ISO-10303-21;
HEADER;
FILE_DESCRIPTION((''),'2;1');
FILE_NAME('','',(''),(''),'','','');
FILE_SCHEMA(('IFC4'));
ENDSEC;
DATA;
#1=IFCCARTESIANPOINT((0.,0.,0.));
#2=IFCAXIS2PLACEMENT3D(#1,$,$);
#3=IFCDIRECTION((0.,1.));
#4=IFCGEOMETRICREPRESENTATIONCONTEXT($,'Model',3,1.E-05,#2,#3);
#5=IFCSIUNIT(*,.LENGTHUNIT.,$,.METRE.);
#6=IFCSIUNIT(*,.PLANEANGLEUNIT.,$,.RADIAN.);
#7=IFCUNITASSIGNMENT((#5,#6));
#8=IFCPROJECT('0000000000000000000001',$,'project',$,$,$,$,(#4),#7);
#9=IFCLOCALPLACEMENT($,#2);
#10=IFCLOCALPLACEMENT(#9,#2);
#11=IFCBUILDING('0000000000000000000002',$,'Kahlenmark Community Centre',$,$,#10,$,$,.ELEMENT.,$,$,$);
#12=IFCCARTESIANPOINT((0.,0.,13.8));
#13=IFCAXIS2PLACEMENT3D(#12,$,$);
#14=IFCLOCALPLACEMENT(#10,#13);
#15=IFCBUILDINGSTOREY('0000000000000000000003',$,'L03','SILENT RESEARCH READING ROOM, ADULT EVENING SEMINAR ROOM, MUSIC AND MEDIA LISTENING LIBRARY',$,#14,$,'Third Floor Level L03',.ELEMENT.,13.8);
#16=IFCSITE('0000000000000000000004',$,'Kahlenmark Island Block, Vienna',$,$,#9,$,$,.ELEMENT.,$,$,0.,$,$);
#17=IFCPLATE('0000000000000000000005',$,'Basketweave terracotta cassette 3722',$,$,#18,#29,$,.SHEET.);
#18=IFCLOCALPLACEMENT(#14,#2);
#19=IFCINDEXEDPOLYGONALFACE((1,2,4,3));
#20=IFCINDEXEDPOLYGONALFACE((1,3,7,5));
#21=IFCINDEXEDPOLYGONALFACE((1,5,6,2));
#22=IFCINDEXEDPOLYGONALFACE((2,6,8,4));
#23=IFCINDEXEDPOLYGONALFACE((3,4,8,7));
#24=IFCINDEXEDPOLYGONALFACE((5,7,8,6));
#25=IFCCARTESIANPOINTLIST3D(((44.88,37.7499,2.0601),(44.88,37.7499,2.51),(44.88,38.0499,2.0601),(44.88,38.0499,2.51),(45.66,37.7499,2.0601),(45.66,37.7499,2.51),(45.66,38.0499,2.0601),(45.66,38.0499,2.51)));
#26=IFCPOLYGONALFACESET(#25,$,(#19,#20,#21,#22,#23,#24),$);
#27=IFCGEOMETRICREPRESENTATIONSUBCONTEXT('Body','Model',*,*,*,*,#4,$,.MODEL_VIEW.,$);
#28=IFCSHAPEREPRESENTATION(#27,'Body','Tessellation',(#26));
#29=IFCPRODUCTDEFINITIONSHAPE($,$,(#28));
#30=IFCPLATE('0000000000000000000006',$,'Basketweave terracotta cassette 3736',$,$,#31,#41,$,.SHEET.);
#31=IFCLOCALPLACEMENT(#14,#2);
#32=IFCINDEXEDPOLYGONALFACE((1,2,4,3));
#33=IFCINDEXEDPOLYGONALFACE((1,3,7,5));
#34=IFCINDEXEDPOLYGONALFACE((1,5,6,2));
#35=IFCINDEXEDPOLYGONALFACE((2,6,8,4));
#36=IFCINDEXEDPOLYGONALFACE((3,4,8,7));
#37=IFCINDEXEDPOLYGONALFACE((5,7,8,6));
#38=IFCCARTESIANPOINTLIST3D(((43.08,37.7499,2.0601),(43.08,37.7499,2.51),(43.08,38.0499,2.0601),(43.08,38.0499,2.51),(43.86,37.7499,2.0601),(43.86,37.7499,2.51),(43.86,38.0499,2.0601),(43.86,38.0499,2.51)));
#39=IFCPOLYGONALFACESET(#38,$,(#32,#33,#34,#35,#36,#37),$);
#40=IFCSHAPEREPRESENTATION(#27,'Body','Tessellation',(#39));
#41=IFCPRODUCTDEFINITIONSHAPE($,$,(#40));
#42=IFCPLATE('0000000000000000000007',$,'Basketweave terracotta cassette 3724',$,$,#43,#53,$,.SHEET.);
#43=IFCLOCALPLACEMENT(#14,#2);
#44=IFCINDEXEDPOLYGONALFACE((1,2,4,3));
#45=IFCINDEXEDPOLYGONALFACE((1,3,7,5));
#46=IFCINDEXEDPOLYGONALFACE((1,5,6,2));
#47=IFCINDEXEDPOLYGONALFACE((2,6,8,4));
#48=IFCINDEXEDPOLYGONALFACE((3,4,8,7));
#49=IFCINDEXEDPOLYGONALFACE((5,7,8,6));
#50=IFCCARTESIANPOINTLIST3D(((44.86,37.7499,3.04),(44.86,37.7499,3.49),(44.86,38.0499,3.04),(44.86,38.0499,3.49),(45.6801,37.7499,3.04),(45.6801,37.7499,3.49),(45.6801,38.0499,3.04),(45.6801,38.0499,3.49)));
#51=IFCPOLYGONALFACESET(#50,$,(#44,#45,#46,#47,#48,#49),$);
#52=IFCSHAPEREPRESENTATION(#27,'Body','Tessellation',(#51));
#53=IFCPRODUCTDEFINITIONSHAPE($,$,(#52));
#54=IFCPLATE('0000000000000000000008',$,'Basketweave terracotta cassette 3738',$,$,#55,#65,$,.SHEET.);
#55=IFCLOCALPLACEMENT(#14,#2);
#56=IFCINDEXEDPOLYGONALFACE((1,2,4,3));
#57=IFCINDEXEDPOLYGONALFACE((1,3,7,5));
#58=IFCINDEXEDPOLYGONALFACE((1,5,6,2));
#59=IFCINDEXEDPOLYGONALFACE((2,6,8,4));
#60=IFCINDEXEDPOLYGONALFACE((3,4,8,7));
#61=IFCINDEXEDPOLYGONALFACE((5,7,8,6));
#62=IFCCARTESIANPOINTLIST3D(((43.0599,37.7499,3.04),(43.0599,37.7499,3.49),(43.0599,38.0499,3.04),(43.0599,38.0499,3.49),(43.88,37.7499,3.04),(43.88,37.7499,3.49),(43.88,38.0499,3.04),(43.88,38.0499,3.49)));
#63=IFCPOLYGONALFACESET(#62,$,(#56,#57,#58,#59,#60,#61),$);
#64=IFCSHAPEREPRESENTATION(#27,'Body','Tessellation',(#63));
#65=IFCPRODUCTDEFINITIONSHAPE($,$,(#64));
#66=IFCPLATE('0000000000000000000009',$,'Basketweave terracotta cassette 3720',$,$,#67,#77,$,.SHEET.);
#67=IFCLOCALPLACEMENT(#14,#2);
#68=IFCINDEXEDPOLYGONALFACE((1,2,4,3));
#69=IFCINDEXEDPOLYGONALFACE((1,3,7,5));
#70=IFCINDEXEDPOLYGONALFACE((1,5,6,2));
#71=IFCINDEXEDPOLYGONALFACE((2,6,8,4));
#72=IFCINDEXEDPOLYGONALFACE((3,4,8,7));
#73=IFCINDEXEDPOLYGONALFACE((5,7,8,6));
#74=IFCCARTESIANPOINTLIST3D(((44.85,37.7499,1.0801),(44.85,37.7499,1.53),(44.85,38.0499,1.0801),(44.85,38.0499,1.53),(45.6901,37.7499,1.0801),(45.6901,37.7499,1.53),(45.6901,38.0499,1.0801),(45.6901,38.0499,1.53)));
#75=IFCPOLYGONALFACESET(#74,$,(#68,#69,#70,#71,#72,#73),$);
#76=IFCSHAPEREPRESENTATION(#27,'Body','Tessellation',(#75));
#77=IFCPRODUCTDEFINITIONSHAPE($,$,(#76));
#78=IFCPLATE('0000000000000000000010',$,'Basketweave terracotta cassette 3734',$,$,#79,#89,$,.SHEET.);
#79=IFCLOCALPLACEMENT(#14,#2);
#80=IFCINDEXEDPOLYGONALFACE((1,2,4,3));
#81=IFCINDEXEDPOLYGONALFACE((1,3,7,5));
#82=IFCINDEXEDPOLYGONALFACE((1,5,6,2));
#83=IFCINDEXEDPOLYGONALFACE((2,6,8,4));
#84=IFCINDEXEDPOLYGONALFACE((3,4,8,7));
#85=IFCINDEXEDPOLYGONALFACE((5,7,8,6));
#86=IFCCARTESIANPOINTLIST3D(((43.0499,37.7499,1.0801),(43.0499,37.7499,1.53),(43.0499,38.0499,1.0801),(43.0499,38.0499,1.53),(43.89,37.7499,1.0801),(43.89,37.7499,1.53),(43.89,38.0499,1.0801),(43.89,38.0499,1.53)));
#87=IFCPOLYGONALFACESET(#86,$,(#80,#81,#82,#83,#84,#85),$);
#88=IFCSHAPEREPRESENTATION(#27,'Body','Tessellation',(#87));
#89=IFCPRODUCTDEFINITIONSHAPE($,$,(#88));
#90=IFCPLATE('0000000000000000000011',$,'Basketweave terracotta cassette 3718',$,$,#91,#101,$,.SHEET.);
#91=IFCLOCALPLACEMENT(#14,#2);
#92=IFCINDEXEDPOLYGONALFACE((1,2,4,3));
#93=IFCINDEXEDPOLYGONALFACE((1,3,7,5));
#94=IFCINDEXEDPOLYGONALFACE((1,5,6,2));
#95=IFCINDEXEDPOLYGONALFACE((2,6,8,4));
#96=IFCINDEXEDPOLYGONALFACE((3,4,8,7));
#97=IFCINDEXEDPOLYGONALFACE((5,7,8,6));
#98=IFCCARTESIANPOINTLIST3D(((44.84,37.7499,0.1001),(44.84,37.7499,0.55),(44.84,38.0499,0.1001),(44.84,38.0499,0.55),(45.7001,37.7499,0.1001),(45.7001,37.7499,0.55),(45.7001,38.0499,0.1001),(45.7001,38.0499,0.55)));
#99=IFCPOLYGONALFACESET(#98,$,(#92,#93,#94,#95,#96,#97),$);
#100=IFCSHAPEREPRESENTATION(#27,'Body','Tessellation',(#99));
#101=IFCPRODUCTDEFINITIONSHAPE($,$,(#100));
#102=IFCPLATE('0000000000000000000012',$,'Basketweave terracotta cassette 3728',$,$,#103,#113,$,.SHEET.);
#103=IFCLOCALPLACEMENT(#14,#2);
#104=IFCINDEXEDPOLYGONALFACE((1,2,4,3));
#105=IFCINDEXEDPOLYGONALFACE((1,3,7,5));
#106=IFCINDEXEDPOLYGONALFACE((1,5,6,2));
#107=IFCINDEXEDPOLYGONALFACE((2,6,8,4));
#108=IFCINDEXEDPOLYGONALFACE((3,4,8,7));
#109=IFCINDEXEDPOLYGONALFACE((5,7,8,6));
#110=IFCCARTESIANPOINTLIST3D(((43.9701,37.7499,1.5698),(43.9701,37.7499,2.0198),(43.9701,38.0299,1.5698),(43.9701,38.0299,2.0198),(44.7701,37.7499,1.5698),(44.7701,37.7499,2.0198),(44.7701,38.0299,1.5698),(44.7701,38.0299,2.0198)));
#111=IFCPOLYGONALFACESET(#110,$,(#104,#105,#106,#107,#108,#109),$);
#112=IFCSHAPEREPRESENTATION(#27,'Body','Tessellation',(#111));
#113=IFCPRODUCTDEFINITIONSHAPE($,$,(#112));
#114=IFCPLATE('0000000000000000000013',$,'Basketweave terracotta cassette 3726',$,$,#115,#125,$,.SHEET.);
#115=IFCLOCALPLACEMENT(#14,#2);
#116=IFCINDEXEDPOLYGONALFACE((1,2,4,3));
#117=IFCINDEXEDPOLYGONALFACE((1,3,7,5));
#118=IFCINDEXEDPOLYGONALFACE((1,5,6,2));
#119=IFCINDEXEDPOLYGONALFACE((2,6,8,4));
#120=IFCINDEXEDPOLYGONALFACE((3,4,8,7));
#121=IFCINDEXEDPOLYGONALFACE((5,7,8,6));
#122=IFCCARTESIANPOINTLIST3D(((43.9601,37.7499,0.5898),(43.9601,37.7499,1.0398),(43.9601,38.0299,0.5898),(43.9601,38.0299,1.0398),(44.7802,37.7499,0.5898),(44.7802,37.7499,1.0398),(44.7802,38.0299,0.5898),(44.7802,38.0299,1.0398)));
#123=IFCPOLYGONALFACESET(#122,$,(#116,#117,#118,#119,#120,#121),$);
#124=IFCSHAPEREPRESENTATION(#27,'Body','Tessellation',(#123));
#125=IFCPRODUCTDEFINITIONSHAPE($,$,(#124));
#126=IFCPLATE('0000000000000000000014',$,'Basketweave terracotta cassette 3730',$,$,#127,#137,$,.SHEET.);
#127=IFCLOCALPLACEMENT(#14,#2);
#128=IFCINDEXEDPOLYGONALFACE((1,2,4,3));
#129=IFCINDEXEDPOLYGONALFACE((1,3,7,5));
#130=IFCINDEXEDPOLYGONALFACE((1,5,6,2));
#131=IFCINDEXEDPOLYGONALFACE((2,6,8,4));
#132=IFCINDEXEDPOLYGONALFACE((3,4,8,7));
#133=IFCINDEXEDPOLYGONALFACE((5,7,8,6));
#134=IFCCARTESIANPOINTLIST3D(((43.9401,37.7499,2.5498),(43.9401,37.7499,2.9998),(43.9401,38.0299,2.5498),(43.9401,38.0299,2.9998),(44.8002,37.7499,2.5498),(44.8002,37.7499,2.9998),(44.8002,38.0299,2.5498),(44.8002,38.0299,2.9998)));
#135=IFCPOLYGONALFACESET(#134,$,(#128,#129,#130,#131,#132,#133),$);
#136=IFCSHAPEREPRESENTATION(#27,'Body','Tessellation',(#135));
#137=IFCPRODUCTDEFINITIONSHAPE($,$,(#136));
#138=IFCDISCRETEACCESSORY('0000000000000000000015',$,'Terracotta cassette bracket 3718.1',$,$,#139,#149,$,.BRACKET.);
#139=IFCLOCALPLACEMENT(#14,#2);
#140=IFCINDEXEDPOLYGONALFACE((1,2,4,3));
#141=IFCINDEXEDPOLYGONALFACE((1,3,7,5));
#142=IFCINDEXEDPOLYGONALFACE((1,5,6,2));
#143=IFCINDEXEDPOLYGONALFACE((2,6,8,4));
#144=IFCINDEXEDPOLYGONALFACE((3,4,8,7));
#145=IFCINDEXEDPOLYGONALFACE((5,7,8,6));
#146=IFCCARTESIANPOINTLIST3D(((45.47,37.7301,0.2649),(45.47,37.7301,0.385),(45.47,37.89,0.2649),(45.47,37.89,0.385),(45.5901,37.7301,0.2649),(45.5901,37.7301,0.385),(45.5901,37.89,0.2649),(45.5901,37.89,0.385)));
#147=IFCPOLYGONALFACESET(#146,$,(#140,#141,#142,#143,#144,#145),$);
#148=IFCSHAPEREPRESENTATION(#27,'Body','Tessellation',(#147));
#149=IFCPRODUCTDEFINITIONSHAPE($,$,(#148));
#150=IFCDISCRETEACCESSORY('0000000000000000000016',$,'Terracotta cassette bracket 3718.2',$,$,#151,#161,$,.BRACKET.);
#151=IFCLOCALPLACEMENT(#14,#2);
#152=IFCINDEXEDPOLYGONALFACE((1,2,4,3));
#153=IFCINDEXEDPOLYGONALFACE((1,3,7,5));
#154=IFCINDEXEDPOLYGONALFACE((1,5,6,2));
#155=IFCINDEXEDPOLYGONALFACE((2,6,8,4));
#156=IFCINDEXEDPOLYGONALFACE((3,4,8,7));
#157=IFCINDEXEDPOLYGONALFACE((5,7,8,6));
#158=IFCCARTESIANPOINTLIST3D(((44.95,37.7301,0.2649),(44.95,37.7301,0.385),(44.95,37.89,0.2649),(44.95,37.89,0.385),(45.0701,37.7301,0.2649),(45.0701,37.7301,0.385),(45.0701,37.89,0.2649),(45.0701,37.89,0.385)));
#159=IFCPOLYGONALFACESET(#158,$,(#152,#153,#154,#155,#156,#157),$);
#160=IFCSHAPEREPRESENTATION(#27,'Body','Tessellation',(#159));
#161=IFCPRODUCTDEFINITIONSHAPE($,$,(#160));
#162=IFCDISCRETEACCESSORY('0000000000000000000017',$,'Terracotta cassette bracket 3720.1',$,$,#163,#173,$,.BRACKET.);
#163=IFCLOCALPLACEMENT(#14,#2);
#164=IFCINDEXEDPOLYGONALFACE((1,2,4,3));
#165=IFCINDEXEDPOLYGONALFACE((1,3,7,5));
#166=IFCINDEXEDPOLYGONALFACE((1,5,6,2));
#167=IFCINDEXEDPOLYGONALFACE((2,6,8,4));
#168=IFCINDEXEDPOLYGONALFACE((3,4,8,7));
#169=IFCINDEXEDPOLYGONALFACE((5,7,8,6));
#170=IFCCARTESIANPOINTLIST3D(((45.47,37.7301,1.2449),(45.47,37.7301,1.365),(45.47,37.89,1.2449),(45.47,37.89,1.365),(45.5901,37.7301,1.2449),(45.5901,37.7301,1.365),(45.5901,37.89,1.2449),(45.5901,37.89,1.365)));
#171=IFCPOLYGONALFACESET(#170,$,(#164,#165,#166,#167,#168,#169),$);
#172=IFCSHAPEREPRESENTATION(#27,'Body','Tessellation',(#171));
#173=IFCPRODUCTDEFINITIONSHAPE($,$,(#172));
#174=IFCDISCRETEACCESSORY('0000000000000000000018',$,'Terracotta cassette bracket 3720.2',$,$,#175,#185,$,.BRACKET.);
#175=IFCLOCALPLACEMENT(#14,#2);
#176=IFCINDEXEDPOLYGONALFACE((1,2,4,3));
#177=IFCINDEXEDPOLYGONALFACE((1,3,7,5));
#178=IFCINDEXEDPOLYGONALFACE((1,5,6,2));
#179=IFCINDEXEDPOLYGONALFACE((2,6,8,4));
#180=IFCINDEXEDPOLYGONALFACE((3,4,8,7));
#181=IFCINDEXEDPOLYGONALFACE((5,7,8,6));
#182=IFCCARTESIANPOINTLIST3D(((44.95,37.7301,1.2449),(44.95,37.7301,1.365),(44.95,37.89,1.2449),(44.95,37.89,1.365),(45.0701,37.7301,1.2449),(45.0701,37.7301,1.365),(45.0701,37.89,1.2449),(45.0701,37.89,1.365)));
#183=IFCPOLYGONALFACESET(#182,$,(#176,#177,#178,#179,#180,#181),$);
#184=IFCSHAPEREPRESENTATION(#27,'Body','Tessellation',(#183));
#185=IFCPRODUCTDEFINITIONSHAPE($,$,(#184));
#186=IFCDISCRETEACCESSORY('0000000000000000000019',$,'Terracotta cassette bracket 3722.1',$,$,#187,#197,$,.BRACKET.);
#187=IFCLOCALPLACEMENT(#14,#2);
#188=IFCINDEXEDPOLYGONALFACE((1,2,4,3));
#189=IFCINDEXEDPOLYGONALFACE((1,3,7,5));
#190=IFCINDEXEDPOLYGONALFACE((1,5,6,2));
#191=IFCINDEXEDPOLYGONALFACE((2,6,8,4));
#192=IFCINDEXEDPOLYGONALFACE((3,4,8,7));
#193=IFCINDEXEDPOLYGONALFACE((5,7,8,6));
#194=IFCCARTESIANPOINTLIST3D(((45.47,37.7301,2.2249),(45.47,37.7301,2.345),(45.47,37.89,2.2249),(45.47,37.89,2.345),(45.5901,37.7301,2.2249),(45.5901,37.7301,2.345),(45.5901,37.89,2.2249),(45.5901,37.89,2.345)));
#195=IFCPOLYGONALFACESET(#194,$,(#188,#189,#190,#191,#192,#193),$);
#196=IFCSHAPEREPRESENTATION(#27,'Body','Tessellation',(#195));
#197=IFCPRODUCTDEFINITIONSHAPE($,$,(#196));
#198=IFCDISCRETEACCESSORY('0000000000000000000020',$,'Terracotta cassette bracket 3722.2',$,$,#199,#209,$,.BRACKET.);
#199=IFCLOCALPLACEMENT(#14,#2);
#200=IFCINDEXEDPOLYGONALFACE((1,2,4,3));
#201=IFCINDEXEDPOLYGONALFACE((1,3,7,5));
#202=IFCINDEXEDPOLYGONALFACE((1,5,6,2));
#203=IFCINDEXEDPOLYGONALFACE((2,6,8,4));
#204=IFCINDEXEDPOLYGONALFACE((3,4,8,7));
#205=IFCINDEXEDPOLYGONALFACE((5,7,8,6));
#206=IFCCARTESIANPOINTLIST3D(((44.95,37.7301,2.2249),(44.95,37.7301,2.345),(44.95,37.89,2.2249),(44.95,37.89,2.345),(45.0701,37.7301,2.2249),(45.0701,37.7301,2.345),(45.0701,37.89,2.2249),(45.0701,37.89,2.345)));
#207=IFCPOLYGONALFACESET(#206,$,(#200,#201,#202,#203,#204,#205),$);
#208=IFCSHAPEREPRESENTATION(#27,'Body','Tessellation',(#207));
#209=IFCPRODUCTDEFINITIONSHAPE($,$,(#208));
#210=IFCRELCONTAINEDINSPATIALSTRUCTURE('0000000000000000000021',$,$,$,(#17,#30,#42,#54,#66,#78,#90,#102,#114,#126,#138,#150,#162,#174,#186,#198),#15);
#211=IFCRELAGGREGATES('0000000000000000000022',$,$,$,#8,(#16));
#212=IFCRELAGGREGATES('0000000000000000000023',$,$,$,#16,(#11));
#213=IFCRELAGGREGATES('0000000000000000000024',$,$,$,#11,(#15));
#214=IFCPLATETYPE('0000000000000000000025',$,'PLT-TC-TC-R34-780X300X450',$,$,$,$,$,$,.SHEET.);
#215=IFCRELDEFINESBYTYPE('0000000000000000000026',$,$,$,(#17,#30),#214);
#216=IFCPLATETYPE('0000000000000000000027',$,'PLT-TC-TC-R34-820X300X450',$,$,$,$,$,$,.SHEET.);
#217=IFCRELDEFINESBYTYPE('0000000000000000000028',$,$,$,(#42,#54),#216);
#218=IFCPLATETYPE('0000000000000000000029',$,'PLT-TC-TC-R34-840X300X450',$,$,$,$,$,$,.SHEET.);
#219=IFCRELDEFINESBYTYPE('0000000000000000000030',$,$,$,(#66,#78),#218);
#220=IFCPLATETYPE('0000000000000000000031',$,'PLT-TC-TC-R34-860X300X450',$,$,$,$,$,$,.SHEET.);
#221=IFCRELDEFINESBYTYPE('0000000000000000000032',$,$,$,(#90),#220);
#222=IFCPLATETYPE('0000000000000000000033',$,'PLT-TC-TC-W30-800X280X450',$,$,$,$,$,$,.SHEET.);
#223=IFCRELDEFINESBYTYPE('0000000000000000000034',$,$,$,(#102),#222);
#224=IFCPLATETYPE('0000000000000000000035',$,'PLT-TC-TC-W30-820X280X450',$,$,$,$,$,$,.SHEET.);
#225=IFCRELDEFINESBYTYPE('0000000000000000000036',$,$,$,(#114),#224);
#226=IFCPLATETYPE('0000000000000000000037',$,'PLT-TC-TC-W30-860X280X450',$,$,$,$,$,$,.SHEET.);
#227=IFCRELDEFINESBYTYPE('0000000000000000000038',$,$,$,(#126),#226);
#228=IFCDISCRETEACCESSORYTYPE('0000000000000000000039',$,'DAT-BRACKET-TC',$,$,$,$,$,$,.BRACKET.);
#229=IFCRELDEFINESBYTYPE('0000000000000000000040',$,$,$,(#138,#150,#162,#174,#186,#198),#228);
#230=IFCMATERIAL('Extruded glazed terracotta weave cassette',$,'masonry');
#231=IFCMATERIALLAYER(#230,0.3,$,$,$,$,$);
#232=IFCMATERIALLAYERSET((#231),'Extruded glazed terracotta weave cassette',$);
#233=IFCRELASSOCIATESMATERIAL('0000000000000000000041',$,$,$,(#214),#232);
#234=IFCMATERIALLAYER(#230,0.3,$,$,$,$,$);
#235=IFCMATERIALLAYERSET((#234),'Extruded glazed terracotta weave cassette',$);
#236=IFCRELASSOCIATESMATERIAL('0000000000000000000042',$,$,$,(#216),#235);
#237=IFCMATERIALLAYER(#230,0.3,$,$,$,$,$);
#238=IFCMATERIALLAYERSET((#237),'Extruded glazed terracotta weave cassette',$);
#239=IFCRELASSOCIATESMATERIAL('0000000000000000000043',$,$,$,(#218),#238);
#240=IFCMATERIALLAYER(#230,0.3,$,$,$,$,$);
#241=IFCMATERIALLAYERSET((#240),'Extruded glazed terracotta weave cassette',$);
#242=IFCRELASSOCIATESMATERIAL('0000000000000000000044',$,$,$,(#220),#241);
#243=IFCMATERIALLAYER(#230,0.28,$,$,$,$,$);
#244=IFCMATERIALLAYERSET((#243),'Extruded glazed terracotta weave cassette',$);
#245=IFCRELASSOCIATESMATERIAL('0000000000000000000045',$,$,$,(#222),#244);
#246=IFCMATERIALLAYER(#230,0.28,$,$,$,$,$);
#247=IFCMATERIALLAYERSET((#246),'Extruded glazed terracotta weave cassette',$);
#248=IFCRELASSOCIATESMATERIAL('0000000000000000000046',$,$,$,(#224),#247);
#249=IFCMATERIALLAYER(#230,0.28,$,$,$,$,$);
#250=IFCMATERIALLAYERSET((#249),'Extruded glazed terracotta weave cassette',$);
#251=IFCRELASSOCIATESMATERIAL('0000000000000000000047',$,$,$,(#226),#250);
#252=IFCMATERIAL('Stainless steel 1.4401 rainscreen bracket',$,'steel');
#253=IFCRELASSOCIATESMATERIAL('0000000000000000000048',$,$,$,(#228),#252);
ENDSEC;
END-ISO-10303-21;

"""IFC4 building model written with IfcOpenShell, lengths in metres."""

from ifc_helpers import new_model, si_unit, direction, frame, origin, origin_2d, place, context, subcontext, project, spatial, rectangle, extrude, material, layer, layer_set, type_object, element, save


model = new_model("IFC4")

# Units and contexts
model_context = context("Model", 3, precision=1e-05, world=origin(), true_north=direction((0.0, 1.0)))
body_context = subcontext(model_context, "Body", "Model", "MODEL_VIEW")
ifc_project = project(units=[si_unit("LENGTHUNIT", "METRE"), si_unit("PLANEANGLEUNIT", "RADIAN")], contexts=[model_context])

# Site, building, storey
site_placement = place(None, origin())
site = spatial("IfcSite", under=ifc_project, at=site_placement, Name="Kahlenmark Island Block, Vienna", CompositionType="ELEMENT", RefElevation=0.0)
building_placement = place(site_placement, origin())
building = spatial("IfcBuilding", under=site, at=building_placement, Name="Kahlenmark Community Centre", CompositionType="ELEMENT")
storey_placement = place(building_placement, frame((0.0, 0.0, 13.8)))
storey = spatial("IfcBuildingStorey", under=building, at=storey_placement, Name="L03", Description="SILENT RESEARCH READING ROOM, ADULT EVENING SEMINAR ROOM, MUSIC AND MEDIA LISTENING LIBRARY", LongName="Third Floor Level L03", CompositionType="ELEMENT", Elevation=13.8)

# Plates
ifc_material_1 = material(Name="Extruded glazed terracotta weave cassette", Category="masonry")
ifc_layer_1 = layer(ifc_material_1, 0.3)
ifc_layer_set_1 = layer_set([ifc_layer_1], Name="Extruded glazed terracotta weave cassette")
plate_type_1 = type_object("IfcPlateType", Name="PLT-TC-TC-R34-780X300X450", PredefinedType="SHEET", material=ifc_layer_set_1)
for number, where, z_axis, x_axis, name in (
    (1, (45.27, 37.8999, 2.0601), (0.0, 0.0, 1.0), (-1.0, 0.0, 0.0), "Basketweave terracotta cassette 3722"),
    (2, (43.47, 37.8999, 2.0601), (0.0, 0.0, 1.0), (-1.0, 0.0, 0.0), "Basketweave terracotta cassette 3736"),
):
    element("IfcPlate", number, at=place(storey_placement, frame(where, z_axis=z_axis, x_axis=x_axis)), inside=storey, type_object=plate_type_1, Name=name, PredefinedType="SHEET", context=body_context, shape_type="SweptSolid", body=[
        extrude(rectangle(XDim=0.78, YDim=0.3, at=origin_2d()), origin(), (0.0, 0.0, 1.0), 0.45),
    ])
ifc_layer_2 = layer(ifc_material_1, 0.3)
ifc_layer_set_2 = layer_set([ifc_layer_2], Name="Extruded glazed terracotta weave cassette")
plate_type_2 = type_object("IfcPlateType", Name="PLT-TC-TC-R34-820X300X450", PredefinedType="SHEET", material=ifc_layer_set_2)
for number, where, z_axis, x_axis, name in (
    (3, (45.27, 37.8999, 3.04), (0.0, 0.0, 1.0), (-1.0, 0.0, 0.0), "Basketweave terracotta cassette 3724"),
    (4, (43.47, 37.8999, 3.04), (0.0, 0.0, 1.0), (-1.0, 0.0, 0.0), "Basketweave terracotta cassette 3738"),
):
    element("IfcPlate", number, at=place(storey_placement, frame(where, z_axis=z_axis, x_axis=x_axis)), inside=storey, type_object=plate_type_2, Name=name, PredefinedType="SHEET", context=body_context, shape_type="SweptSolid", body=[
        extrude(rectangle(XDim=0.8201, YDim=0.3, at=origin_2d()), origin(), (0.0, 0.0, 1.0), 0.45),
    ])
ifc_layer_3 = layer(ifc_material_1, 0.3)
ifc_layer_set_3 = layer_set([ifc_layer_3], Name="Extruded glazed terracotta weave cassette")
plate_type_3 = type_object("IfcPlateType", Name="PLT-TC-TC-R34-840X300X450", PredefinedType="SHEET", material=ifc_layer_set_3)
for number, where, z_axis, x_axis, name in (
    (5, (45.27, 37.8999, 1.0801), (0.0, 0.0, 1.0), (-1.0, 0.0, 0.0), "Basketweave terracotta cassette 3720"),
    (6, (43.47, 37.8999, 1.0801), (0.0, 0.0, 1.0), (-1.0, 0.0, 0.0), "Basketweave terracotta cassette 3734"),
):
    element("IfcPlate", number, at=place(storey_placement, frame(where, z_axis=z_axis, x_axis=x_axis)), inside=storey, type_object=plate_type_3, Name=name, PredefinedType="SHEET", context=body_context, shape_type="SweptSolid", body=[
        extrude(rectangle(XDim=0.8401, YDim=0.3, at=origin_2d()), origin(), (0.0, 0.0, 1.0), 0.45),
    ])
ifc_layer_4 = layer(ifc_material_1, 0.3)
ifc_layer_set_4 = layer_set([ifc_layer_4], Name="Extruded glazed terracotta weave cassette")
plate_type_4 = type_object("IfcPlateType", Name="PLT-TC-TC-R34-860X300X450", PredefinedType="SHEET", material=ifc_layer_set_4)
plate_1_placement = place(storey_placement, frame((45.27, 37.8999, 0.1001), z_axis=(0.0, 0.0, 1.0), x_axis=(-1.0, 0.0, 0.0)))
element("IfcPlate", 7, at=plate_1_placement, inside=storey, type_object=plate_type_4, Name="Basketweave terracotta cassette 3718", PredefinedType="SHEET", context=body_context, shape_type="SweptSolid", body=[
    extrude(rectangle(XDim=0.8601, YDim=0.3, at=origin_2d()), origin(), (0.0, 0.0, 1.0), 0.45),
])
ifc_layer_5 = layer(ifc_material_1, 0.28)
ifc_layer_set_5 = layer_set([ifc_layer_5], Name="Extruded glazed terracotta weave cassette")
plate_type_5 = type_object("IfcPlateType", Name="PLT-TC-TC-W30-800X280X450", PredefinedType="SHEET", material=ifc_layer_set_5)
plate_2_placement = place(storey_placement, frame((44.3701, 37.8899, 1.5698), z_axis=(0.0, 0.0, 1.0), x_axis=(-1.0, 0.0, 0.0)))
element("IfcPlate", 8, at=plate_2_placement, inside=storey, type_object=plate_type_5, Name="Basketweave terracotta cassette 3728", PredefinedType="SHEET", context=body_context, shape_type="SweptSolid", body=[
    extrude(rectangle(XDim=0.8, YDim=0.28, at=origin_2d()), origin(), (0.0, 0.0, 1.0), 0.45),
])
ifc_layer_6 = layer(ifc_material_1, 0.28)
ifc_layer_set_6 = layer_set([ifc_layer_6], Name="Extruded glazed terracotta weave cassette")
plate_type_6 = type_object("IfcPlateType", Name="PLT-TC-TC-W30-820X280X450", PredefinedType="SHEET", material=ifc_layer_set_6)
plate_3_placement = place(storey_placement, frame((44.3701, 37.8899, 0.5898), z_axis=(0.0, 0.0, 1.0), x_axis=(-1.0, 0.0, 0.0)))
element("IfcPlate", 9, at=plate_3_placement, inside=storey, type_object=plate_type_6, Name="Basketweave terracotta cassette 3726", PredefinedType="SHEET", context=body_context, shape_type="SweptSolid", body=[
    extrude(rectangle(XDim=0.8201, YDim=0.28, at=origin_2d()), origin(), (0.0, 0.0, 1.0), 0.45),
])
ifc_layer_7 = layer(ifc_material_1, 0.28)
ifc_layer_set_7 = layer_set([ifc_layer_7], Name="Extruded glazed terracotta weave cassette")
plate_type_7 = type_object("IfcPlateType", Name="PLT-TC-TC-W30-860X280X450", PredefinedType="SHEET", material=ifc_layer_set_7)
plate_4_placement = place(storey_placement, frame((44.3701, 37.8899, 2.5498), z_axis=(0.0, 0.0, 1.0), x_axis=(-1.0, 0.0, 0.0)))
element("IfcPlate", 10, at=plate_4_placement, inside=storey, type_object=plate_type_7, Name="Basketweave terracotta cassette 3730", PredefinedType="SHEET", context=body_context, shape_type="SweptSolid", body=[
    extrude(rectangle(XDim=0.8601, YDim=0.28, at=origin_2d()), origin(), (0.0, 0.0, 1.0), 0.45),
])

# Discrete accessories
ifc_material_2 = material(Name="Stainless steel 1.4401 rainscreen bracket", Category="steel")
discrete_accessory_type = type_object("IfcDiscreteAccessoryType", Name="DAT-BRACKET-TC", PredefinedType="BRACKET", material=ifc_material_2)
for number, where, z_axis, x_axis, name in (
    (11, (45.53, 37.8101, 0.2649), (0.0, 0.0, 1.0), (-1.0, 0.0, 0.0), "Terracotta cassette bracket 3718.1"),
    (12, (45.01, 37.8101, 0.2649), (0.0, 0.0, 1.0), (-1.0, 0.0, 0.0), "Terracotta cassette bracket 3718.2"),
    (13, (45.53, 37.8101, 1.2449), (0.0, 0.0, 1.0), (-1.0, 0.0, 0.0), "Terracotta cassette bracket 3720.1"),
    (14, (45.01, 37.8101, 1.2449), (0.0, 0.0, 1.0), (-1.0, 0.0, 0.0), "Terracotta cassette bracket 3720.2"),
    (15, (45.53, 37.8101, 2.2249), (0.0, 0.0, 1.0), (-1.0, 0.0, 0.0), "Terracotta cassette bracket 3722.1"),
    (16, (45.01, 37.8101, 2.2249), (0.0, 0.0, 1.0), (-1.0, 0.0, 0.0), "Terracotta cassette bracket 3722.2"),
):
    element("IfcDiscreteAccessory", number, at=place(storey_placement, frame(where, z_axis=z_axis, x_axis=x_axis)), inside=storey, type_object=discrete_accessory_type, Name=name, PredefinedType="BRACKET", context=body_context, shape_type="SweptSolid", body=[
        extrude(rectangle(XDim=0.1201, YDim=0.1599, at=origin_2d()), origin(), (0.0, 0.0, 1.0), 0.1201),
    ])

save(model, "model.ifc")
